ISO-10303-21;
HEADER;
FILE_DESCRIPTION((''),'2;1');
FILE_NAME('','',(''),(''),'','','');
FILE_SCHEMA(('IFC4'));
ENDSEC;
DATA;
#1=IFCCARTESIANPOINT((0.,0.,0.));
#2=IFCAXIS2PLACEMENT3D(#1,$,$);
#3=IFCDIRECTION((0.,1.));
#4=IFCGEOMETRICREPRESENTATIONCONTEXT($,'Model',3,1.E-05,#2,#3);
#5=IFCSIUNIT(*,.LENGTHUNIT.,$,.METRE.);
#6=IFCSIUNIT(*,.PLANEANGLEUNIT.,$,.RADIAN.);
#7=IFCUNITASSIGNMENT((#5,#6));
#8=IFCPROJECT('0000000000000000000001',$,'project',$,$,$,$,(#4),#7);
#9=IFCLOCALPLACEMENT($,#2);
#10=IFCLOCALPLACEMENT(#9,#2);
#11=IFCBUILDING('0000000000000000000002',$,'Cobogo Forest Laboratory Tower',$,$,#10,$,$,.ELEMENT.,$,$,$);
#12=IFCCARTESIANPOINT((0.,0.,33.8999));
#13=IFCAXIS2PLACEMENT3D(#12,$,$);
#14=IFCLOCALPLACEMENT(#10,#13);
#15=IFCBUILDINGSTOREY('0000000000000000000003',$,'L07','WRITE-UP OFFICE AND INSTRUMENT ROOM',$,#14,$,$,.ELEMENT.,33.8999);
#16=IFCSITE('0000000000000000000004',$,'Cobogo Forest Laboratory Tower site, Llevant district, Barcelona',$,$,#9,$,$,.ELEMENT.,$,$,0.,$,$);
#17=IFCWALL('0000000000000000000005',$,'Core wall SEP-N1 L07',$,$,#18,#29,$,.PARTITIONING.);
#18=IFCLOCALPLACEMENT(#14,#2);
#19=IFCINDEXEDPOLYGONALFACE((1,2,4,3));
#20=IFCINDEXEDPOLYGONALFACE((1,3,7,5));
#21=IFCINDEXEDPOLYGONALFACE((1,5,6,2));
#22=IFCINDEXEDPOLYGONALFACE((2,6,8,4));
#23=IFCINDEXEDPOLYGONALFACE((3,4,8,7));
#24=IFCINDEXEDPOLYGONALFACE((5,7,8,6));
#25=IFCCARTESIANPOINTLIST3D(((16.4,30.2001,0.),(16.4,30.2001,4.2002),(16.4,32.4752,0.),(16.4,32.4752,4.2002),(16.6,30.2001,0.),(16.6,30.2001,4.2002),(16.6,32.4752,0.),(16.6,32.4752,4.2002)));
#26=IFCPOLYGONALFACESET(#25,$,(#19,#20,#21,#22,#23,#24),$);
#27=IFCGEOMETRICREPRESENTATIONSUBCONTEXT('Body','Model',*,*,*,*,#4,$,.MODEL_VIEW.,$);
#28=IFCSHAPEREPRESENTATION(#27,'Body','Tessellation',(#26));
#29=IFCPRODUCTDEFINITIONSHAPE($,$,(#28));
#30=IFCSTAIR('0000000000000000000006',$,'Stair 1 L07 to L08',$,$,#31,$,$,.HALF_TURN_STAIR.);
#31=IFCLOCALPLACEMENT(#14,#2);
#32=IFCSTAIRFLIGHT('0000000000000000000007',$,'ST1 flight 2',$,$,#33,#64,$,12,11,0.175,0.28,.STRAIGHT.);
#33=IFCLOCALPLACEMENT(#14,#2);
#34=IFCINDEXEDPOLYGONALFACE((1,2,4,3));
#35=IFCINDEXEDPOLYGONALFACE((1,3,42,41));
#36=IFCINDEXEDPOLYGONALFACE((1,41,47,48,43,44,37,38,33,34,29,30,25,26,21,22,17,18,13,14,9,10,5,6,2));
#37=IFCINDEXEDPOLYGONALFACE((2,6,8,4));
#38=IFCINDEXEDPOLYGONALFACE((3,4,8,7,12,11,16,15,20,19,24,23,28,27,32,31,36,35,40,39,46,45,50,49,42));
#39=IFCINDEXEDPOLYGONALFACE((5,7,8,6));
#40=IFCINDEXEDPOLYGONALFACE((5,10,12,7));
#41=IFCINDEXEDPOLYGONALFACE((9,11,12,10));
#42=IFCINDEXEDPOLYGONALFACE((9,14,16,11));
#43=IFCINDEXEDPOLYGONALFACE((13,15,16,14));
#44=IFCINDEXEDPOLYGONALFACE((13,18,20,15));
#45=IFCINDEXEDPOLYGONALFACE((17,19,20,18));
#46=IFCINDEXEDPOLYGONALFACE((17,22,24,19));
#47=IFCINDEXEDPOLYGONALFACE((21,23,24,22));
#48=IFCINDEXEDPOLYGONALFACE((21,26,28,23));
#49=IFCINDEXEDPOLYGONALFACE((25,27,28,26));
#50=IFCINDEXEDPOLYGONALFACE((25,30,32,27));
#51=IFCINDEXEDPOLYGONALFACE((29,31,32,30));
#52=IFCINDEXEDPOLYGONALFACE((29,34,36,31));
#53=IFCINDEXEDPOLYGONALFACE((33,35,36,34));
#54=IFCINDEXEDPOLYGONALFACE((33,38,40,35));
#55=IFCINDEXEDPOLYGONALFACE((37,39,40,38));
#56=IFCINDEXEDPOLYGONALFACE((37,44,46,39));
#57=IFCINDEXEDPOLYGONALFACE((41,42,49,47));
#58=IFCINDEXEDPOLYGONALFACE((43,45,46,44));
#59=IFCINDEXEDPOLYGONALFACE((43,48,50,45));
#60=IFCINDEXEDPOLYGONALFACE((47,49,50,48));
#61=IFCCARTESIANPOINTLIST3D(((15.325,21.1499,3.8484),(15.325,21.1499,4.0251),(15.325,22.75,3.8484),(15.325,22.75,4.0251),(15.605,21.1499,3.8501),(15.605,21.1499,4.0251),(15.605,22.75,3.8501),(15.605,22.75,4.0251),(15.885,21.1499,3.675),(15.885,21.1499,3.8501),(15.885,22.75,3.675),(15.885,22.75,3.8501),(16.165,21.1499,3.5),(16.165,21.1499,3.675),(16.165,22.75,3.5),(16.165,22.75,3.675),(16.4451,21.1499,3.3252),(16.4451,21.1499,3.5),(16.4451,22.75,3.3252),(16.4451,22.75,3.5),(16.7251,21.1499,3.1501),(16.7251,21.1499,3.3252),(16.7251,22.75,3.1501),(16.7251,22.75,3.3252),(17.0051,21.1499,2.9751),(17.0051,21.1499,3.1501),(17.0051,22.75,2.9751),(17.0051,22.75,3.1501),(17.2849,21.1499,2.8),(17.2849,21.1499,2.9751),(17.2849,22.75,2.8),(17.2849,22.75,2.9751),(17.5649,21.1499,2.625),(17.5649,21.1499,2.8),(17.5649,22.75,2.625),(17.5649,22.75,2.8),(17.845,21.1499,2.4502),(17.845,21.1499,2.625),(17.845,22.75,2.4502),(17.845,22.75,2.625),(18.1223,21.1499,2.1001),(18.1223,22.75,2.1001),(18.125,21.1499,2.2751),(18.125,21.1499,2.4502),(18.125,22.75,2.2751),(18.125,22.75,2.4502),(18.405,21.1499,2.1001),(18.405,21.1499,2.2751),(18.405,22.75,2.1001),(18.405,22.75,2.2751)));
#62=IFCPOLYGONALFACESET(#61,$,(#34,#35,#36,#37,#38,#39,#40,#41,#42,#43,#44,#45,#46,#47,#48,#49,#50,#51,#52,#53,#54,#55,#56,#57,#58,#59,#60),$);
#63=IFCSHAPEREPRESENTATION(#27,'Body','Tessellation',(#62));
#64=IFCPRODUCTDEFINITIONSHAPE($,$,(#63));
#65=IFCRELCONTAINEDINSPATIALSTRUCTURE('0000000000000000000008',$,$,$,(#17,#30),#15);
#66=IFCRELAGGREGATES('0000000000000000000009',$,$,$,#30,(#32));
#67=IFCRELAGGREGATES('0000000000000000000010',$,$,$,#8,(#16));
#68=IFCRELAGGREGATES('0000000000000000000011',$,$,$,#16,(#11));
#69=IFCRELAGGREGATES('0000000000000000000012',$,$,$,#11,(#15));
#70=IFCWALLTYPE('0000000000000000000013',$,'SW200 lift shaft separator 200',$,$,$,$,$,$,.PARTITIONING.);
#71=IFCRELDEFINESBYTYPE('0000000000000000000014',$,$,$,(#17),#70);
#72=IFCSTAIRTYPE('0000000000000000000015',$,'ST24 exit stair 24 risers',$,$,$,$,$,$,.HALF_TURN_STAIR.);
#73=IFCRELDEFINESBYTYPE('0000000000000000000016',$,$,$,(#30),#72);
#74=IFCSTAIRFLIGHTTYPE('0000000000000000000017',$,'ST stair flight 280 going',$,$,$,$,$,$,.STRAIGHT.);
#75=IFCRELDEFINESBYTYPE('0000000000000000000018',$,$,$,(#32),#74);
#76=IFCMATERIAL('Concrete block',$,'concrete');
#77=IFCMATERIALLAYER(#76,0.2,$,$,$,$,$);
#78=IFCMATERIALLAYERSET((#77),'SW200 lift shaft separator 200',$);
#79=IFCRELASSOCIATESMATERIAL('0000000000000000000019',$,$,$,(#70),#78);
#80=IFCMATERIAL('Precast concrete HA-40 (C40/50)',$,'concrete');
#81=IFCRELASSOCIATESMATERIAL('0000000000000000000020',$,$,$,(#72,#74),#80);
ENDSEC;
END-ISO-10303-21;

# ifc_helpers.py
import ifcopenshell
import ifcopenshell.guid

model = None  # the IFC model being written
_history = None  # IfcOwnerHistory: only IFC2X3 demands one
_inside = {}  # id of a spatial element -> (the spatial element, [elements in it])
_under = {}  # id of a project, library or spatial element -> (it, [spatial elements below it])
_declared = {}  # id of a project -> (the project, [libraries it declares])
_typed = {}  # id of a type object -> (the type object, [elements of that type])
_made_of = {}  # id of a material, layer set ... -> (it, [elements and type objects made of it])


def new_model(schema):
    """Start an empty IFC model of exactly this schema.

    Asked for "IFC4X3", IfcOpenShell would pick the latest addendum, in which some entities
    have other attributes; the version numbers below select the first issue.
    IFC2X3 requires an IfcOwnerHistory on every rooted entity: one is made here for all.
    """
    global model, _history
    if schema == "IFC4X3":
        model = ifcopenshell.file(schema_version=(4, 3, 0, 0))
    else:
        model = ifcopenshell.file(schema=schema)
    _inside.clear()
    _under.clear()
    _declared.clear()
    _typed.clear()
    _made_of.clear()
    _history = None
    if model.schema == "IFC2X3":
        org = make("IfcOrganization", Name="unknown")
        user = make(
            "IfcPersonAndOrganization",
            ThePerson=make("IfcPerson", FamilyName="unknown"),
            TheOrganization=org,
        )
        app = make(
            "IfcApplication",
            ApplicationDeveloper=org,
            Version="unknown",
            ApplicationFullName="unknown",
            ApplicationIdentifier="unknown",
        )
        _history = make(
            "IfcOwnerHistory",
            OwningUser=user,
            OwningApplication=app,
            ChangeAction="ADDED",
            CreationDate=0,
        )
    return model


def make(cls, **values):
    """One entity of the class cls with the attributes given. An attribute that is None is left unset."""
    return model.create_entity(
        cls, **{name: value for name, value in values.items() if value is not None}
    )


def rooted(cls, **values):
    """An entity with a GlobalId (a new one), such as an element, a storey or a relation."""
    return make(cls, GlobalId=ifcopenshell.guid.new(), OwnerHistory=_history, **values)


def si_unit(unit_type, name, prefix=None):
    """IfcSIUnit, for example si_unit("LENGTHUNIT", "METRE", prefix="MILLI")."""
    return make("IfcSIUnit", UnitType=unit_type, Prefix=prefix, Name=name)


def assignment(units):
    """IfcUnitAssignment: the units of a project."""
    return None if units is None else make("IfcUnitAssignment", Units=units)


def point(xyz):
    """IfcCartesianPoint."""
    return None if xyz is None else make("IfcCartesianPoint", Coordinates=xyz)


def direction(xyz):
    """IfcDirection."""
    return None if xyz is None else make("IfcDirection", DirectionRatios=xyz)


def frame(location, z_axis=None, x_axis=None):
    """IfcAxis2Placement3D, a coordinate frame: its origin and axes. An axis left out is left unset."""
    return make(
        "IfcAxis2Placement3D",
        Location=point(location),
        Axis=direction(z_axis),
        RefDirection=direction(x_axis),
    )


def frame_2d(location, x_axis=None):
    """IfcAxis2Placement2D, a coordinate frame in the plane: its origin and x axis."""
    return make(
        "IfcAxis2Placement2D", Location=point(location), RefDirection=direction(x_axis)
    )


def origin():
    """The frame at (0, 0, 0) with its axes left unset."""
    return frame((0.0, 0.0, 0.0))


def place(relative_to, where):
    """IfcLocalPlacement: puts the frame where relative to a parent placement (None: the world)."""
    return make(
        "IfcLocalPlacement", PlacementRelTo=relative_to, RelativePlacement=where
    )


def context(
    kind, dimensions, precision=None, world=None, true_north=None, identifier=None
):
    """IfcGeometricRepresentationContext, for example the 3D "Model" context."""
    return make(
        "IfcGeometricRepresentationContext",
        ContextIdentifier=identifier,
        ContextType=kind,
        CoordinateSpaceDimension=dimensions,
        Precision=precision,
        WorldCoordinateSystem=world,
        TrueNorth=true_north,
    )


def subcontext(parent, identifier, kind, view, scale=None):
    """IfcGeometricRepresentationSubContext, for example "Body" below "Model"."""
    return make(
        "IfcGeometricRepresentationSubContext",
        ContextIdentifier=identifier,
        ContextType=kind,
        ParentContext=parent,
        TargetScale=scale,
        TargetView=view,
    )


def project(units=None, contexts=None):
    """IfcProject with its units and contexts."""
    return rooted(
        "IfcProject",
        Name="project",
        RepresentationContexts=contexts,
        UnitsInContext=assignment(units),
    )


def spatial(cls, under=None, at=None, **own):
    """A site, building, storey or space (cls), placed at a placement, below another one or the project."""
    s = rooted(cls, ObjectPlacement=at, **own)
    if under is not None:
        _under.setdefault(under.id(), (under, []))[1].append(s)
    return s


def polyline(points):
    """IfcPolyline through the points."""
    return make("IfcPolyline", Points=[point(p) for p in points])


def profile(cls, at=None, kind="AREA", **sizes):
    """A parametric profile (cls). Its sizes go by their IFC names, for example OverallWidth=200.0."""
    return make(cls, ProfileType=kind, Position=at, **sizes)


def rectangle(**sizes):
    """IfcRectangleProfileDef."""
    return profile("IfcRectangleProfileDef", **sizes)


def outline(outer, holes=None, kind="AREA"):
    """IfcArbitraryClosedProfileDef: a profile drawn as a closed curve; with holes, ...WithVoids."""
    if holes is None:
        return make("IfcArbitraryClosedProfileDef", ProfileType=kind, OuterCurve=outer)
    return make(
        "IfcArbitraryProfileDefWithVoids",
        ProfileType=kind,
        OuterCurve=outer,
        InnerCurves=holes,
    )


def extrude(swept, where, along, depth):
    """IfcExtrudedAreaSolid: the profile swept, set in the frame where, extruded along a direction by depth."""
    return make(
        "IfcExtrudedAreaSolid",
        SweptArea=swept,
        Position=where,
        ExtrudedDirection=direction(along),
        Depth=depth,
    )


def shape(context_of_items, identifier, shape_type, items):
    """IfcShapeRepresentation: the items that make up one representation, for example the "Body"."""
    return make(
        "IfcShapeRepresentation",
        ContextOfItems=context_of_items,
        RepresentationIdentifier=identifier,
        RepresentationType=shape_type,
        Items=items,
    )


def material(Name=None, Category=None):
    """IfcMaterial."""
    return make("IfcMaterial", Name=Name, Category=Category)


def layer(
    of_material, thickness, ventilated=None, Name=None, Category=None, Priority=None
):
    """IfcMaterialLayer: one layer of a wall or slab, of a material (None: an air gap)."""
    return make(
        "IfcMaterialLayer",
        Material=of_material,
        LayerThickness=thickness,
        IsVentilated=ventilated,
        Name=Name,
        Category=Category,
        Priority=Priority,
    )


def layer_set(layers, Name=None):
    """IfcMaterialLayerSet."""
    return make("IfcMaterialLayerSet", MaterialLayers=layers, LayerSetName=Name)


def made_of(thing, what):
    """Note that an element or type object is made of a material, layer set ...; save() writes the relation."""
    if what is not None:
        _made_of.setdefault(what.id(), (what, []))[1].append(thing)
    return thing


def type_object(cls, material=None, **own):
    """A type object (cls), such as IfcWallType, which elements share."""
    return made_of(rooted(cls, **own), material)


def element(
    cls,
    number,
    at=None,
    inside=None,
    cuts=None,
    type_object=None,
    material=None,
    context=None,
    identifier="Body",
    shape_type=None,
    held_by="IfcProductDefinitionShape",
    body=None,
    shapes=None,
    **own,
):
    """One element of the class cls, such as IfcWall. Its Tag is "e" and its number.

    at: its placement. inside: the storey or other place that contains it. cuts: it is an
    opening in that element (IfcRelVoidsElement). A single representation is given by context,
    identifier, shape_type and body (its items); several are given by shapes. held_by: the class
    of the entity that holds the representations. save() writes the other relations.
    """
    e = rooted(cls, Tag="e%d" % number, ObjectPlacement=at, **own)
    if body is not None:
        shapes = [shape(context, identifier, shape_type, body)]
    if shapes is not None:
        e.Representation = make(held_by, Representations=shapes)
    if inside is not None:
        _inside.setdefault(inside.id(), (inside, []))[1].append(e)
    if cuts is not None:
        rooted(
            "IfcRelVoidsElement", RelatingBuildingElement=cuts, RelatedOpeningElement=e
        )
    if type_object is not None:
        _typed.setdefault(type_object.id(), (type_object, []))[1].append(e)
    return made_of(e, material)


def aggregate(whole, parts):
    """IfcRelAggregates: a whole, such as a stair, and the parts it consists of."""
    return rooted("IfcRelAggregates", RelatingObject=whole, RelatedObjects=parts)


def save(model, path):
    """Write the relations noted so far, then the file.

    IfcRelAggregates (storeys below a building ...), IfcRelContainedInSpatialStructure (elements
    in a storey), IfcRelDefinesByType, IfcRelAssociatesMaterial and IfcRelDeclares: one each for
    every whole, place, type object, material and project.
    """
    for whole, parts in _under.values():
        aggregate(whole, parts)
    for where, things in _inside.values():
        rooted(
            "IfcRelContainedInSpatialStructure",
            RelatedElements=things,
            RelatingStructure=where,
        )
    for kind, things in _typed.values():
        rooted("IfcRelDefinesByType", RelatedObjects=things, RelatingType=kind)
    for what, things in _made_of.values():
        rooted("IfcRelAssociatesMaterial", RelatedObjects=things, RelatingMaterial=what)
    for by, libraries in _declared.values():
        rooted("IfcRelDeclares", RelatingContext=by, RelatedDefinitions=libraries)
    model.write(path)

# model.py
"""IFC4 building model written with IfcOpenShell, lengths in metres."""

from ifc_helpers import new_model, si_unit, direction, frame, frame_2d, origin, place, context, subcontext, project, spatial, polyline, rectangle, outline, extrude, material, layer, layer_set, type_object, element, aggregate, save


model = new_model("IFC4")

# Units and contexts
model_context = context("Model", 3, precision=1e-05, world=origin(), true_north=direction((0.0, 1.0)))
body_context = subcontext(model_context, "Body", "Model", "MODEL_VIEW")
ifc_project = project(units=[si_unit("LENGTHUNIT", "METRE"), si_unit("PLANEANGLEUNIT", "RADIAN")], contexts=[model_context])

# Site, building, storey
site_placement = place(None, origin())
site = spatial("IfcSite", under=ifc_project, at=site_placement, Name="Cobogo Forest Laboratory Tower site, Llevant district, Barcelona", CompositionType="ELEMENT", RefElevation=0.0)
building_placement = place(site_placement, origin())
building = spatial("IfcBuilding", under=site, at=building_placement, Name="Cobogo Forest Laboratory Tower", CompositionType="ELEMENT")
storey_placement = place(building_placement, frame((0.0, 0.0, 33.8999)))
storey = spatial("IfcBuildingStorey", under=building, at=storey_placement, Name="L07", Description="WRITE-UP OFFICE AND INSTRUMENT ROOM", CompositionType="ELEMENT", Elevation=33.8999)

# Wall
ifc_material_1 = material(Name="Concrete block", Category="concrete")
ifc_layer_1 = layer(ifc_material_1, 0.2)
ifc_layer_set_1 = layer_set([ifc_layer_1], Name="SW200 lift shaft separator 200")
wall_type_1 = type_object("IfcWallType", Name="SW200 lift shaft separator 200", PredefinedType="PARTITIONING", material=ifc_layer_set_1)
wall_1_placement = place(storey_placement, frame((16.5, 30.2, 0.0), z_axis=(0.0, 0.0, 1.0), x_axis=(0.0, 1.0, 0.0)))
element("IfcWall", 1, at=wall_1_placement, inside=storey, type_object=wall_type_1, Name="Core wall SEP-N1 L07", PredefinedType="PARTITIONING", context=body_context, shape_type="SweptSolid", body=[
    extrude(rectangle(XDim=2.2751, YDim=0.2, at=frame_2d((1.1377, 0.0))), origin(), (0.0, 0.0, 1.0), 4.2002),
])

# Stair, stair flight
ifc_material_2 = material(Name="Precast concrete HA-40 (C40/50)", Category="concrete")
stair_type = type_object("IfcStairType", Name="ST24 exit stair 24 risers", PredefinedType="HALF_TURN_STAIR", material=ifc_material_2)
stair_placement = place(storey_placement, origin())
stair = element("IfcStair", 2, at=stair_placement, inside=storey, type_object=stair_type, Name="Stair 1 L07 to L08", PredefinedType="HALF_TURN_STAIR")
stair_flight_type = type_object("IfcStairFlightType", Name="ST stair flight 280 going", PredefinedType="STRAIGHT", material=ifc_material_2)
stair_flight_placement = place(storey_placement, frame((18.405, 21.95, 2.1001), z_axis=(0.0, 0.0, 1.0), x_axis=(-1.0, 0.0, 0.0)))
stair_flight = element("IfcStairFlight", 3, at=stair_flight_placement, type_object=stair_flight_type, Name="ST1 flight 2", NumberOfRisers=12, NumberOfTreads=11, PredefinedType="STRAIGHT", RiserHeight=0.175, TreadLength=0.28, context=body_context, shape_type="SweptSolid", body=[
    extrude(outline(polyline([(0.0, 0.0), (0.0, 0.175), (0.28, 0.175), (0.28, 0.3501), (0.5601, 0.3501), (0.5601, 0.5249), (0.8401, 0.5249), (0.8401, 0.7), (1.1201, 0.7), (1.1201, 0.875), (1.3999, 0.875), (1.3999, 1.05), (1.6799, 1.05), (1.6799, 1.2251), (1.96, 1.2251), (1.96, 1.3999), (2.24, 1.3999), (2.24, 1.575), (2.52, 1.575), (2.52, 1.75), (2.8, 1.75), (2.8, 1.925), (3.0801, 1.925), (3.0801, 2.1001), (3.0801, 1.7483), (0.2827, 0.0), (0.0, 0.0)])), frame((0.0, 0.8, 0.0), z_axis=(0.0, -1.0, 0.0), x_axis=(1.0, 0.0, 0.0)), (0.0, 0.0, 1.0), 1.6001),
])
aggregate(stair, [stair_flight])

save(model, "model.ifc")
